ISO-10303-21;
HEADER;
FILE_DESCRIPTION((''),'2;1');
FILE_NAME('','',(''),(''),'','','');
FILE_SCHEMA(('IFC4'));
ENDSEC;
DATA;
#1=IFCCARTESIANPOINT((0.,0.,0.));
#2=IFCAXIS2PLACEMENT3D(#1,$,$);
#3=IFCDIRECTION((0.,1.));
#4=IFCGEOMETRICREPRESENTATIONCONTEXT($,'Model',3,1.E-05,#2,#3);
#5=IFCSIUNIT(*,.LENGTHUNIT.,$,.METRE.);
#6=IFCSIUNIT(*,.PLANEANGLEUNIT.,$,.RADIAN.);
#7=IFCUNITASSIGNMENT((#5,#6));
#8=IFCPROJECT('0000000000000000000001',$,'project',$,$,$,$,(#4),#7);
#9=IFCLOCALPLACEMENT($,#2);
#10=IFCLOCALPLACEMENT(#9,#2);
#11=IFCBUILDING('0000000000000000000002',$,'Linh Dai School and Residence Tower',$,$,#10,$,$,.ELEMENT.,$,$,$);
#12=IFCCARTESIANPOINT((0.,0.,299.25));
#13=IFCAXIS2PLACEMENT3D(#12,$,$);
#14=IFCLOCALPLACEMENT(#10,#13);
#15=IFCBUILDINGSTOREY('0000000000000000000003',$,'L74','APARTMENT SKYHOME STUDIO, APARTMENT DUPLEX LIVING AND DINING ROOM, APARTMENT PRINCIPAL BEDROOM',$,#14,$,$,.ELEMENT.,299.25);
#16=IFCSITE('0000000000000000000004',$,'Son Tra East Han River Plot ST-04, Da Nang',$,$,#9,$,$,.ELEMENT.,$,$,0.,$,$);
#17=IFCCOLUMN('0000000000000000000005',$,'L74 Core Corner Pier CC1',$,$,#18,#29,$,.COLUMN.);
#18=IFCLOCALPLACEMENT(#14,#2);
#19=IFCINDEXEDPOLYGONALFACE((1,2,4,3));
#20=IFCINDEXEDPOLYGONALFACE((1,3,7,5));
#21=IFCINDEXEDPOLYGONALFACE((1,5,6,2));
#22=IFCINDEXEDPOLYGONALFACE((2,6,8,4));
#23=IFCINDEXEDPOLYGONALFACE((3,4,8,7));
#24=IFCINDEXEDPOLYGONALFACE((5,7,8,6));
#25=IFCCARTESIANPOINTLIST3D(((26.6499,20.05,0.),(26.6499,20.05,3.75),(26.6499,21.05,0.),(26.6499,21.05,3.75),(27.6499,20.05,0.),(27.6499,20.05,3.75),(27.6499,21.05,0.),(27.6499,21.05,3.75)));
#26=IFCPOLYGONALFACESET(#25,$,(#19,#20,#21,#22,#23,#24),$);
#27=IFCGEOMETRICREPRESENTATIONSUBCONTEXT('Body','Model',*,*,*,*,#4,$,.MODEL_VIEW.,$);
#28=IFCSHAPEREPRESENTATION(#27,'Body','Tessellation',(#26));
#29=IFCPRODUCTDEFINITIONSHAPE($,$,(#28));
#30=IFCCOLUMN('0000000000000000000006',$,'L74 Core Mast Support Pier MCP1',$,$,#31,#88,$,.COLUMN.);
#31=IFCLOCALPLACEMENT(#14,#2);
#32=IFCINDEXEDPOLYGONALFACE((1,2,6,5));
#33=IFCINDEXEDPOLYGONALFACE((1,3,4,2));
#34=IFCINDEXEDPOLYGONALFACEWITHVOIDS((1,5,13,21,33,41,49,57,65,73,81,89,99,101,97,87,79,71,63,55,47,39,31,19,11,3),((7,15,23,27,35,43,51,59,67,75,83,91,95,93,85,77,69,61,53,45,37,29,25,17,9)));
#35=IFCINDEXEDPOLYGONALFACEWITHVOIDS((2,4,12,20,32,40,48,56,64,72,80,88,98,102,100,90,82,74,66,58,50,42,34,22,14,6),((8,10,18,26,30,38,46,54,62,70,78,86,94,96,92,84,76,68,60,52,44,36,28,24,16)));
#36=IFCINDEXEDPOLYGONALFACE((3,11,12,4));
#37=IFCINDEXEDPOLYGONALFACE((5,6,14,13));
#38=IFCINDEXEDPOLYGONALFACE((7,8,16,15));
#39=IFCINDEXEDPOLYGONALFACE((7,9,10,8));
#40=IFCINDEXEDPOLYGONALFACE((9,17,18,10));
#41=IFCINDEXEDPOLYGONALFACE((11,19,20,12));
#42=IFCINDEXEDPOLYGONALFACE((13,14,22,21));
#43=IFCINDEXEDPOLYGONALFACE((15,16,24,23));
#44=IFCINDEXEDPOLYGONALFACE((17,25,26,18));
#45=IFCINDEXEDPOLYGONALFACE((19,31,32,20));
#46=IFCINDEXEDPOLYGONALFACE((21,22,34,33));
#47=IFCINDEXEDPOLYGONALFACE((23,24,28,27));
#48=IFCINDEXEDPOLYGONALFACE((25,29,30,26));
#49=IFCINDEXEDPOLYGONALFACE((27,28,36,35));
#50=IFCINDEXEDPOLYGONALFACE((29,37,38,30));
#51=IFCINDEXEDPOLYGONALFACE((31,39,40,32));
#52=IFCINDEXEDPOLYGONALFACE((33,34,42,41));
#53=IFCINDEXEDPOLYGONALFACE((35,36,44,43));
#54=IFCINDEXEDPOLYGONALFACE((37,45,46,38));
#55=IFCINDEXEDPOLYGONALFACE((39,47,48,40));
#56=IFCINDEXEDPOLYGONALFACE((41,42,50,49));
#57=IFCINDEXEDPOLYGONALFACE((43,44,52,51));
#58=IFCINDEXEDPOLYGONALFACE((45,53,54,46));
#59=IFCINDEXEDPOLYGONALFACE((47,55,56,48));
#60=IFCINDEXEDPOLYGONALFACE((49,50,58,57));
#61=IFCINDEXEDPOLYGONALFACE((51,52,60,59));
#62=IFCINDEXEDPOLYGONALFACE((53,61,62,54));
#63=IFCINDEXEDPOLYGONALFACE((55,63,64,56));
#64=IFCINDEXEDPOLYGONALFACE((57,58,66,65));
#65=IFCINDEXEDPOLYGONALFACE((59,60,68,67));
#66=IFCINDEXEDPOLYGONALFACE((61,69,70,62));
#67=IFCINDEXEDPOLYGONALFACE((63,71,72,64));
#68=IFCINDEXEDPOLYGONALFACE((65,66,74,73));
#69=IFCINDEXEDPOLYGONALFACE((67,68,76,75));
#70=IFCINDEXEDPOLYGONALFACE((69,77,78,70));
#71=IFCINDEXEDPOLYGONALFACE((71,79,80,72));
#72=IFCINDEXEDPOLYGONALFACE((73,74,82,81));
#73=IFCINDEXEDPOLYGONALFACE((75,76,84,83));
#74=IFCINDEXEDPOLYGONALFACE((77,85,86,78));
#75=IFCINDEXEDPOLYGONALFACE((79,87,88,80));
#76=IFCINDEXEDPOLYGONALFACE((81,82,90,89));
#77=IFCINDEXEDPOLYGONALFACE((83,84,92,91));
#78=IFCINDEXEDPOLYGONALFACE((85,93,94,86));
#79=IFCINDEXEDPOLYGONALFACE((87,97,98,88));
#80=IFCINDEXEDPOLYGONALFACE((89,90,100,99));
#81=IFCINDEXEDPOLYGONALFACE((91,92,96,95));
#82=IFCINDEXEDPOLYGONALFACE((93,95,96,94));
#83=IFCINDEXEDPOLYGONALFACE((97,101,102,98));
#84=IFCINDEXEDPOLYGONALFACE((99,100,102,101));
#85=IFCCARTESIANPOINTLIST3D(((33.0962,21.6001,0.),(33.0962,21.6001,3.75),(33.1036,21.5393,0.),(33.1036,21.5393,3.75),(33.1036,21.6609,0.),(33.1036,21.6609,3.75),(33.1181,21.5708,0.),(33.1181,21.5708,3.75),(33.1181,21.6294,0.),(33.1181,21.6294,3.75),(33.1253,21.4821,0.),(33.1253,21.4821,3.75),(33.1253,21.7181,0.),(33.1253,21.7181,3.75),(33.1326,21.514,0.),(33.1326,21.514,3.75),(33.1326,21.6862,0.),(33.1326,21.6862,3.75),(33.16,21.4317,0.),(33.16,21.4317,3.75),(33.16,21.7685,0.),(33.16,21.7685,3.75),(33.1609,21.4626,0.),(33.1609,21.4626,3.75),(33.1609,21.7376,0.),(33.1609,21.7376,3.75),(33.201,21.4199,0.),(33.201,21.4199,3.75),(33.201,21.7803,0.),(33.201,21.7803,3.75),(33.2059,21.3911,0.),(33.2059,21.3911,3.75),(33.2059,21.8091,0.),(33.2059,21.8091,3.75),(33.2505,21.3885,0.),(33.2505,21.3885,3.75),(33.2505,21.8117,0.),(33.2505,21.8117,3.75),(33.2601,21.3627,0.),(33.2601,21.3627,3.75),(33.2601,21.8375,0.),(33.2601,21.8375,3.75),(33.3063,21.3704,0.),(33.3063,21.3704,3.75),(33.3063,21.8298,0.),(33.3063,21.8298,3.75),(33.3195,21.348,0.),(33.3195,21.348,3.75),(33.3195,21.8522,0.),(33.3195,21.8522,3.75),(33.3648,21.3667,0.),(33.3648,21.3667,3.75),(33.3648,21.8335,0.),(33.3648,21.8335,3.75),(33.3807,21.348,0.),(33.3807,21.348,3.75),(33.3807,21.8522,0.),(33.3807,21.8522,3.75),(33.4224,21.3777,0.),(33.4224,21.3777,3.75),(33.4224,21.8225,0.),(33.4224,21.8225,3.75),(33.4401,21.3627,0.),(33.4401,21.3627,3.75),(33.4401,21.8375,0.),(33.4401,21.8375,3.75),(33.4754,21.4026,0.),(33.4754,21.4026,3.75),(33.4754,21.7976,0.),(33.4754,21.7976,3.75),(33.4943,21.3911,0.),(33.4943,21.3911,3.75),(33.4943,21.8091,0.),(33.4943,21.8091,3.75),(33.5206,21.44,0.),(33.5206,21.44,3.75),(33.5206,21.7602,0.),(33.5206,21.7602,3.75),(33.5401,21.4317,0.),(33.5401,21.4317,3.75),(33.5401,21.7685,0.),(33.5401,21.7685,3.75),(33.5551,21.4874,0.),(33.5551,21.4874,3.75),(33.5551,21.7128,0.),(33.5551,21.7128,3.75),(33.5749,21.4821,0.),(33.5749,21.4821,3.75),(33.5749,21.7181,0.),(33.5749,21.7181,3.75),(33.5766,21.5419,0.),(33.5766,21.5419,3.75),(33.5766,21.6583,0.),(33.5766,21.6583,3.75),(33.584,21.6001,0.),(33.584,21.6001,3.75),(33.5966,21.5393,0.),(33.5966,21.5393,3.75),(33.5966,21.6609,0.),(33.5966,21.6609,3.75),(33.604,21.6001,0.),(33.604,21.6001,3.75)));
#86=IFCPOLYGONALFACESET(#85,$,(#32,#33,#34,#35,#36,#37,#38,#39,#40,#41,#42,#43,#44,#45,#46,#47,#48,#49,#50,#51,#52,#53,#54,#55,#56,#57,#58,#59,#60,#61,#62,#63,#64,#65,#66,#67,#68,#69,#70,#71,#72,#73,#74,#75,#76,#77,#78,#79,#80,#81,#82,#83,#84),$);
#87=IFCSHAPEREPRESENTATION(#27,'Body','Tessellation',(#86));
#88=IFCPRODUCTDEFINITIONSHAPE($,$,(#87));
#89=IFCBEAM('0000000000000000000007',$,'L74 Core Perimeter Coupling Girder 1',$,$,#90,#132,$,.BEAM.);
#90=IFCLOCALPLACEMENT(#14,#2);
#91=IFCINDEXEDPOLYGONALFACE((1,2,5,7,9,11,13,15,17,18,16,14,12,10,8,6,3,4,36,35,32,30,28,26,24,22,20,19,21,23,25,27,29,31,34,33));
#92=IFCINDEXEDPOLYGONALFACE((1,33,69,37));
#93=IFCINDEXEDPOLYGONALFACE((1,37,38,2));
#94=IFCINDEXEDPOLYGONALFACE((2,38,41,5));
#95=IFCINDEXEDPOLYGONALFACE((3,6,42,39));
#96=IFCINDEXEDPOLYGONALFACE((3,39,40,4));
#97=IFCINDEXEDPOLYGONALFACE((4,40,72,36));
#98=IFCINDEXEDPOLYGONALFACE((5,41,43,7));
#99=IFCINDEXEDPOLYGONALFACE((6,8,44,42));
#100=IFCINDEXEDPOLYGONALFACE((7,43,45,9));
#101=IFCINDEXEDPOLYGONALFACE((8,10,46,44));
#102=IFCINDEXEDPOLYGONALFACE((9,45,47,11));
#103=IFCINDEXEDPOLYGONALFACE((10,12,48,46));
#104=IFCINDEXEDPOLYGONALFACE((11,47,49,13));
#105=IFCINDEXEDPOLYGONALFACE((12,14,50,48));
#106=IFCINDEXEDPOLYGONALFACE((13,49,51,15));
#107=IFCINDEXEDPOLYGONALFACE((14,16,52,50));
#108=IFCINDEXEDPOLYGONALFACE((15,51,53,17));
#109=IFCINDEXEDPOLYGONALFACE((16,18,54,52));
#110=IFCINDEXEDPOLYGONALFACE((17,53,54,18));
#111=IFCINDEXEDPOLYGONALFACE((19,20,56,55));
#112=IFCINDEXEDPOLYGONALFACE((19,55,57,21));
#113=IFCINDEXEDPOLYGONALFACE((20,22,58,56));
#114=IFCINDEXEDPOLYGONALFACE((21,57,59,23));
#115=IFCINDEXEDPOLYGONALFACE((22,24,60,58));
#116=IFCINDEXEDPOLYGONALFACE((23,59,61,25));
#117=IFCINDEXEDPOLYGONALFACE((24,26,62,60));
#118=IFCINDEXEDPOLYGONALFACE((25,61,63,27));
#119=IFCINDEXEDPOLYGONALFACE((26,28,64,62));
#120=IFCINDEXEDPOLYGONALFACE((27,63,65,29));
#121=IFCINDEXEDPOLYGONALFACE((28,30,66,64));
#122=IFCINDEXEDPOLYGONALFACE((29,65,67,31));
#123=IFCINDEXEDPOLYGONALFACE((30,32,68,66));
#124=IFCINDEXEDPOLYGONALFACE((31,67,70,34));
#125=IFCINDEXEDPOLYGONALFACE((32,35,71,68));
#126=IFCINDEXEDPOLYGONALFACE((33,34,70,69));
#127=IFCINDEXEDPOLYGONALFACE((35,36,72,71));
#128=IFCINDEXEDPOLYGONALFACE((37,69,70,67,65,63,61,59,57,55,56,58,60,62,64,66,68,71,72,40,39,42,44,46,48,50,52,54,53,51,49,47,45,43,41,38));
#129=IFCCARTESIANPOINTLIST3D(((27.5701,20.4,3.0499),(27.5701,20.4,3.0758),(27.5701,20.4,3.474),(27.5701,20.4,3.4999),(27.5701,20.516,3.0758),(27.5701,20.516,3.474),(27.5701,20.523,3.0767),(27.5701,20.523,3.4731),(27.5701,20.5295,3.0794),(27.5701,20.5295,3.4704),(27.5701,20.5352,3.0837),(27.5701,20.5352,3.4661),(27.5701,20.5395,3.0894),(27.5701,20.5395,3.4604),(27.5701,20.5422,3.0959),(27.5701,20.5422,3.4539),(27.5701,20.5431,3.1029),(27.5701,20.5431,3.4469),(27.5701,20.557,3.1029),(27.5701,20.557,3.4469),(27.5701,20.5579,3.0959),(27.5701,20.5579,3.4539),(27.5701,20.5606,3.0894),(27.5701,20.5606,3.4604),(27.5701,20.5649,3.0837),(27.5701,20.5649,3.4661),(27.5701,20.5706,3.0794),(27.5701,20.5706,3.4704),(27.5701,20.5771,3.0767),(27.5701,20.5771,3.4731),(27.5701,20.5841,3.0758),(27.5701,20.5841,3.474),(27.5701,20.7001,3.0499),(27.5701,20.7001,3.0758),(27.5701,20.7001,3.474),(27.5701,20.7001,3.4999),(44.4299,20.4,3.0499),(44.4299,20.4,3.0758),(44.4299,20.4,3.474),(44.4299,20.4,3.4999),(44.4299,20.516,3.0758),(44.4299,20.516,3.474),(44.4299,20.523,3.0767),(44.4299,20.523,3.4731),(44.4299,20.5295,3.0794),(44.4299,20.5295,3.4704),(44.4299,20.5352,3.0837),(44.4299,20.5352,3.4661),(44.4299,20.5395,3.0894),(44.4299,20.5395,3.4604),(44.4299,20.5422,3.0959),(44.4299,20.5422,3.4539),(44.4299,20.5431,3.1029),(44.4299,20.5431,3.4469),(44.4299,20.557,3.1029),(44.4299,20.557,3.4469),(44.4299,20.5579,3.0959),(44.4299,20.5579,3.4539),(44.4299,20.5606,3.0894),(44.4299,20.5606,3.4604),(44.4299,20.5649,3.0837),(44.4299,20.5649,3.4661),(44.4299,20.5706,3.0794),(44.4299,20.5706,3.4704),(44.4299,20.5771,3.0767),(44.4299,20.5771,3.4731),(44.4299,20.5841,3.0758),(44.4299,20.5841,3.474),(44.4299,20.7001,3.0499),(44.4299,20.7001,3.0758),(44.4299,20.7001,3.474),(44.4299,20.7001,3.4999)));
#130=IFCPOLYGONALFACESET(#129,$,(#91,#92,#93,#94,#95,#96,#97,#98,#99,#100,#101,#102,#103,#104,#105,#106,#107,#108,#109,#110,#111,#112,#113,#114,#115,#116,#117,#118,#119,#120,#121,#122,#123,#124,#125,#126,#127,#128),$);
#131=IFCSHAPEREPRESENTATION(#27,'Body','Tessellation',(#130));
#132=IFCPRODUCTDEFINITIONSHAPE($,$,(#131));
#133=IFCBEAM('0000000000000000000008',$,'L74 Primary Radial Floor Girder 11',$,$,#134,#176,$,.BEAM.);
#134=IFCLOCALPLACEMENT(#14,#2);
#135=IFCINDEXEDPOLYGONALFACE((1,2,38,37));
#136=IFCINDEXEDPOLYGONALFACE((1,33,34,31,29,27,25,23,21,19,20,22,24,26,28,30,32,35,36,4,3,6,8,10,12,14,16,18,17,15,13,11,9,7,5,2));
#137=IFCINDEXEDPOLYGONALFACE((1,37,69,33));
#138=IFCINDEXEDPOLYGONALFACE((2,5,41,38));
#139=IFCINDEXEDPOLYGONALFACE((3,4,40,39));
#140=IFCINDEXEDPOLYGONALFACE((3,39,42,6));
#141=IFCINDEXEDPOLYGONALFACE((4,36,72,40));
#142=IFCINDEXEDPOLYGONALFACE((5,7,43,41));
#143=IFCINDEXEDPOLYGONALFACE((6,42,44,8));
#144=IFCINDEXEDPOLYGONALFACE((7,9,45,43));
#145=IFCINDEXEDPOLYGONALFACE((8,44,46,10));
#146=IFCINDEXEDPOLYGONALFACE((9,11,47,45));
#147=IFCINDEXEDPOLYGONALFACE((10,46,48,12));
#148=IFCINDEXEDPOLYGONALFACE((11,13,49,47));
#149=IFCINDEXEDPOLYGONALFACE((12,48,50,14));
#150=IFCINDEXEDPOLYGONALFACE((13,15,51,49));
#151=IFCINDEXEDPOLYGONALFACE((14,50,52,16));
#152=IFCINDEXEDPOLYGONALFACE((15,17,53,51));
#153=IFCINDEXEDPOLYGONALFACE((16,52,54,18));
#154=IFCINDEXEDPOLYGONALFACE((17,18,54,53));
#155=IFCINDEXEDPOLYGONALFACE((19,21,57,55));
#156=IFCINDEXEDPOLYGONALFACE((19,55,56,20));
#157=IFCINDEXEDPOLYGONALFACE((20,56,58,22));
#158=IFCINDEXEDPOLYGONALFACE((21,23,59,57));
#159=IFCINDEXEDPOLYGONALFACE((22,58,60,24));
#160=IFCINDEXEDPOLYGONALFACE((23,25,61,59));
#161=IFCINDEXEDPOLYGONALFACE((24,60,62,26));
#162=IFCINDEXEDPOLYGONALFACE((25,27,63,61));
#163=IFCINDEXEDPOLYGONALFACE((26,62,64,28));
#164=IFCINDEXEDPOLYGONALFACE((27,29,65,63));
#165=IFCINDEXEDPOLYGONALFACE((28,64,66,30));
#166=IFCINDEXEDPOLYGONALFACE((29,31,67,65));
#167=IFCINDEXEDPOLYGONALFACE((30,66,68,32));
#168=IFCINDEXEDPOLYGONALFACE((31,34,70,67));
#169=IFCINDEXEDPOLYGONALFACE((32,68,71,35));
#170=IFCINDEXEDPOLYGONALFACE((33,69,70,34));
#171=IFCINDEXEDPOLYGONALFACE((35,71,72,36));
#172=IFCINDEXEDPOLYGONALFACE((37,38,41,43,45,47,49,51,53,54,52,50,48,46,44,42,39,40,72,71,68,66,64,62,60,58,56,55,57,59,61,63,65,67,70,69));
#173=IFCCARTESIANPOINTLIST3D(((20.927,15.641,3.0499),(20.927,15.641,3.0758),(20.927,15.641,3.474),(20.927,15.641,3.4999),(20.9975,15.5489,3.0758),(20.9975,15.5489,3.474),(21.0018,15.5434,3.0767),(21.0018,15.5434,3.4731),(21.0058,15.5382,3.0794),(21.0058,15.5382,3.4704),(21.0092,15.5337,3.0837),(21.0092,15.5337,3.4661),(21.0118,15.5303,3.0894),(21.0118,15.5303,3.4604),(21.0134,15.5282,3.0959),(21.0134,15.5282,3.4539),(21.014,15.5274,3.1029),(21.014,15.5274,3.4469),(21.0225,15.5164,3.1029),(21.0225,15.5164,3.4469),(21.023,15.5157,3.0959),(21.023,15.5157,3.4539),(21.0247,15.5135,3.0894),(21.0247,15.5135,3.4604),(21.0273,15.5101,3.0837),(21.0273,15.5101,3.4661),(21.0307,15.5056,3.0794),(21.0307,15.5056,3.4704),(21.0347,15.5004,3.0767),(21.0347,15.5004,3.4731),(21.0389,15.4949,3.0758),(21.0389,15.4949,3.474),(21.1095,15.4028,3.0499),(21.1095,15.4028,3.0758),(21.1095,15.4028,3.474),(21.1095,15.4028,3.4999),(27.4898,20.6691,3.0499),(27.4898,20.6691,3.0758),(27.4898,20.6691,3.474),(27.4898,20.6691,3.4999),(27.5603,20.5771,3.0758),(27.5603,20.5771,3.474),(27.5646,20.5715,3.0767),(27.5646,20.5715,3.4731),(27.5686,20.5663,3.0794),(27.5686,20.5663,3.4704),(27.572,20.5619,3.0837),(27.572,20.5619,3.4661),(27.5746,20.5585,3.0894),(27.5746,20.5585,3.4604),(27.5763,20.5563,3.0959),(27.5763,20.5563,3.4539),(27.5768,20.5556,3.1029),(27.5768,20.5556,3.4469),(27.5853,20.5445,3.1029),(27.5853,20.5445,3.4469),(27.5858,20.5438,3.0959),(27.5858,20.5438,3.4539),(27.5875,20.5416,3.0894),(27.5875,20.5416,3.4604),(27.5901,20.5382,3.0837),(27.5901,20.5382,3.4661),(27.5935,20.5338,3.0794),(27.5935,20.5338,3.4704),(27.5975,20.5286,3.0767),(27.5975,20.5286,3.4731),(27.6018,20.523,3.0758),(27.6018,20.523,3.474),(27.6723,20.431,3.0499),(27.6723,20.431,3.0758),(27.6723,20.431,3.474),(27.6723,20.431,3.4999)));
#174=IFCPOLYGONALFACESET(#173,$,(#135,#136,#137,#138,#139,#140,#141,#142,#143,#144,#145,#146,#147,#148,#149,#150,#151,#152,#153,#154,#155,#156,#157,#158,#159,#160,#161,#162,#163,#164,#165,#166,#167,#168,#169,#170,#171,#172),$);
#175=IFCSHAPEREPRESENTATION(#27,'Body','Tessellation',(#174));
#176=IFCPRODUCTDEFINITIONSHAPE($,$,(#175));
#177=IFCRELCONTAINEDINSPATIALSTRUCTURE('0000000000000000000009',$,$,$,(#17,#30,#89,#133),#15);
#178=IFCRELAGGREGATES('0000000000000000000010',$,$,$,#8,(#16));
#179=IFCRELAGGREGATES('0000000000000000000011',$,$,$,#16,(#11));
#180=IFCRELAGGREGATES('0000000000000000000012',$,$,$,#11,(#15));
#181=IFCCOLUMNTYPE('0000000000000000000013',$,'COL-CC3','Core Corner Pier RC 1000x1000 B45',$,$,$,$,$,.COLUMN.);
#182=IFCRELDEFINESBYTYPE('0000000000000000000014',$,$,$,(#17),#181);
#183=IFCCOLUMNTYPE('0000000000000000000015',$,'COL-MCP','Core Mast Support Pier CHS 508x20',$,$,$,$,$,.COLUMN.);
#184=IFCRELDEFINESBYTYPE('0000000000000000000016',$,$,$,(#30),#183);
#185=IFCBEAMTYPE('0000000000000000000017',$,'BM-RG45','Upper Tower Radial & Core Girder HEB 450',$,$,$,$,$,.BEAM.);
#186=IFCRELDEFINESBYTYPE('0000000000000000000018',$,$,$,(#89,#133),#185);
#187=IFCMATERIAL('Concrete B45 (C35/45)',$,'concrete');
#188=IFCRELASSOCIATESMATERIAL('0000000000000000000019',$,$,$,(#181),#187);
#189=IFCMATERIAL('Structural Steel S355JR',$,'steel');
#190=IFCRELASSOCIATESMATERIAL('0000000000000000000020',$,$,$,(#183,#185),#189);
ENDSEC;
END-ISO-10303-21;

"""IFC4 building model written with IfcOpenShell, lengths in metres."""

from ifc_helpers import new_model, si_unit, direction, frame, origin, origin_2d, place, context, subcontext, project, spatial, rectangle, hollow_circle, i_section, extrude, material, material_profile, profile_set, type_object, element, save


model = new_model("IFC4")

# Units and contexts
model_context = context("Model", 3, precision=1e-05, world=origin(), true_north=direction((0.0, 1.0)))
body_context = subcontext(model_context, "Body", "Model", "MODEL_VIEW")
ifc_project = project(units=[si_unit("LENGTHUNIT", "METRE"), si_unit("PLANEANGLEUNIT", "RADIAN")], contexts=[model_context])

# Site, building, storey
site_placement = place(None, origin())
site = spatial("IfcSite", under=ifc_project, at=site_placement, Name="Son Tra East Han River Plot ST-04, Da Nang", CompositionType="ELEMENT", RefElevation=0.0)
building_placement = place(site_placement, origin())
building = spatial("IfcBuilding", under=site, at=building_placement, Name="Linh Dai School and Residence Tower", CompositionType="ELEMENT")
storey_placement = place(building_placement, frame((0.0, 0.0, 299.25)))
storey = spatial("IfcBuildingStorey", under=building, at=storey_placement, Name="L74", Description="APARTMENT SKYHOME STUDIO, APARTMENT DUPLEX LIVING AND DINING ROOM, APARTMENT PRINCIPAL BEDROOM", CompositionType="ELEMENT", Elevation=299.25)

# Columns
ifc_material_1 = material(Name="Concrete B45 (C35/45)", Category="concrete")
ifc_material_profile_1 = material_profile(ifc_material_1, rectangle(XDim=1.0, YDim=1.0, at=origin_2d()), Name="RC 1000x1000")
ifc_profile_set_1 = profile_set([ifc_material_profile_1], Name="Concrete B45 (C35/45)")
column_type_1 = type_object("IfcColumnType", Name="COL-CC3", Description="Core Corner Pier RC 1000x1000 B45", PredefinedType="COLUMN", material=ifc_profile_set_1)
column_1_placement = place(storey_placement, frame((27.1499, 20.55, 0.0), z_axis=(0.0, 0.0, 1.0), x_axis=(1.0, 0.0, 0.0)))
element("IfcColumn", 1, at=column_1_placement, inside=storey, type_object=column_type_1, Name="L74 Core Corner Pier CC1", PredefinedType="COLUMN", context=body_context, shape_type="SweptSolid", body=[
    extrude(rectangle(XDim=1.0, YDim=1.0, at=origin_2d()), origin(), (0.0, 0.0, 1.0), 3.75),
])
ifc_material_2 = material(Name="Structural Steel S355JR", Category="steel")
ifc_material_profile_2 = material_profile(ifc_material_2, hollow_circle(Radius=0.2539, WallThickness=0.02, at=origin_2d()), Name="CHS 508x20")
ifc_profile_set_2 = profile_set([ifc_material_profile_2], Name="Structural Steel S355JR")
column_type_2 = type_object("IfcColumnType", Name="COL-MCP", Description="Core Mast Support Pier CHS 508x20", PredefinedType="COLUMN", material=ifc_profile_set_2)
column_2_placement = place(storey_placement, frame((33.3501, 21.6001, 0.0), z_axis=(0.0, 0.0, 1.0), x_axis=(1.0, 0.0, 0.0)))
element("IfcColumn", 2, at=column_2_placement, inside=storey, type_object=column_type_2, Name="L74 Core Mast Support Pier MCP1", PredefinedType="COLUMN", context=body_context, shape_type="SweptSolid", body=[
    extrude(hollow_circle(Radius=0.2539, WallThickness=0.02, at=origin_2d()), origin(), (0.0, 0.0, 1.0), 3.75),
])

# Beams
ifc_material_profile_3 = material_profile(ifc_material_2, i_section(OverallWidth=0.3, OverallDepth=0.45, WebThickness=0.0139, FlangeThickness=0.0259, FilletRadius=0.0271, at=origin_2d()), Name="HEB 450")
ifc_profile_set_3 = profile_set([ifc_material_profile_3], Name="Structural Steel S355JR")
beam_type_1 = type_object("IfcBeamType", Name="BM-RG45", Description="Upper Tower Radial & Core Girder HEB 450", PredefinedType="BEAM", material=ifc_profile_set_3)
beam_1_placement = place(storey_placement, frame((27.5701, 20.55, 3.2749), z_axis=(1.0, 0.0, 0.0), x_axis=(0.0, 1.0, 0.0)))
element("IfcBeam", 3, at=beam_1_placement, inside=storey, type_object=beam_type_1, Name="L74 Core Perimeter Coupling Girder 1", PredefinedType="BEAM", context=body_context, shape_type="SweptSolid", body=[
    extrude(i_section(OverallWidth=0.3, OverallDepth=0.45, WebThickness=0.0139, FlangeThickness=0.0259, FilletRadius=0.0271, at=origin_2d()), origin(), (0.0, 0.0, 1.0), 16.8599),
])
beam_2_placement = place(storey_placement, frame((27.5811, 20.55, 3.2749), z_axis=(-0.793803, -0.608175, 0.0), x_axis=(0.608175, -0.793803, 0.0)))
element("IfcBeam", 4, at=beam_2_placement, inside=storey, type_object=beam_type_1, Name="L74 Primary Radial Floor Girder 11", PredefinedType="BEAM", context=body_context, shape_type="SweptSolid", body=[
    extrude(i_section(OverallWidth=0.3, OverallDepth=0.45, WebThickness=0.0139, FlangeThickness=0.0259, FilletRadius=0.0271, at=origin_2d()), origin(), (0.0, 0.0, 1.0), 8.2676),
])

save(model, "model.ifc")
